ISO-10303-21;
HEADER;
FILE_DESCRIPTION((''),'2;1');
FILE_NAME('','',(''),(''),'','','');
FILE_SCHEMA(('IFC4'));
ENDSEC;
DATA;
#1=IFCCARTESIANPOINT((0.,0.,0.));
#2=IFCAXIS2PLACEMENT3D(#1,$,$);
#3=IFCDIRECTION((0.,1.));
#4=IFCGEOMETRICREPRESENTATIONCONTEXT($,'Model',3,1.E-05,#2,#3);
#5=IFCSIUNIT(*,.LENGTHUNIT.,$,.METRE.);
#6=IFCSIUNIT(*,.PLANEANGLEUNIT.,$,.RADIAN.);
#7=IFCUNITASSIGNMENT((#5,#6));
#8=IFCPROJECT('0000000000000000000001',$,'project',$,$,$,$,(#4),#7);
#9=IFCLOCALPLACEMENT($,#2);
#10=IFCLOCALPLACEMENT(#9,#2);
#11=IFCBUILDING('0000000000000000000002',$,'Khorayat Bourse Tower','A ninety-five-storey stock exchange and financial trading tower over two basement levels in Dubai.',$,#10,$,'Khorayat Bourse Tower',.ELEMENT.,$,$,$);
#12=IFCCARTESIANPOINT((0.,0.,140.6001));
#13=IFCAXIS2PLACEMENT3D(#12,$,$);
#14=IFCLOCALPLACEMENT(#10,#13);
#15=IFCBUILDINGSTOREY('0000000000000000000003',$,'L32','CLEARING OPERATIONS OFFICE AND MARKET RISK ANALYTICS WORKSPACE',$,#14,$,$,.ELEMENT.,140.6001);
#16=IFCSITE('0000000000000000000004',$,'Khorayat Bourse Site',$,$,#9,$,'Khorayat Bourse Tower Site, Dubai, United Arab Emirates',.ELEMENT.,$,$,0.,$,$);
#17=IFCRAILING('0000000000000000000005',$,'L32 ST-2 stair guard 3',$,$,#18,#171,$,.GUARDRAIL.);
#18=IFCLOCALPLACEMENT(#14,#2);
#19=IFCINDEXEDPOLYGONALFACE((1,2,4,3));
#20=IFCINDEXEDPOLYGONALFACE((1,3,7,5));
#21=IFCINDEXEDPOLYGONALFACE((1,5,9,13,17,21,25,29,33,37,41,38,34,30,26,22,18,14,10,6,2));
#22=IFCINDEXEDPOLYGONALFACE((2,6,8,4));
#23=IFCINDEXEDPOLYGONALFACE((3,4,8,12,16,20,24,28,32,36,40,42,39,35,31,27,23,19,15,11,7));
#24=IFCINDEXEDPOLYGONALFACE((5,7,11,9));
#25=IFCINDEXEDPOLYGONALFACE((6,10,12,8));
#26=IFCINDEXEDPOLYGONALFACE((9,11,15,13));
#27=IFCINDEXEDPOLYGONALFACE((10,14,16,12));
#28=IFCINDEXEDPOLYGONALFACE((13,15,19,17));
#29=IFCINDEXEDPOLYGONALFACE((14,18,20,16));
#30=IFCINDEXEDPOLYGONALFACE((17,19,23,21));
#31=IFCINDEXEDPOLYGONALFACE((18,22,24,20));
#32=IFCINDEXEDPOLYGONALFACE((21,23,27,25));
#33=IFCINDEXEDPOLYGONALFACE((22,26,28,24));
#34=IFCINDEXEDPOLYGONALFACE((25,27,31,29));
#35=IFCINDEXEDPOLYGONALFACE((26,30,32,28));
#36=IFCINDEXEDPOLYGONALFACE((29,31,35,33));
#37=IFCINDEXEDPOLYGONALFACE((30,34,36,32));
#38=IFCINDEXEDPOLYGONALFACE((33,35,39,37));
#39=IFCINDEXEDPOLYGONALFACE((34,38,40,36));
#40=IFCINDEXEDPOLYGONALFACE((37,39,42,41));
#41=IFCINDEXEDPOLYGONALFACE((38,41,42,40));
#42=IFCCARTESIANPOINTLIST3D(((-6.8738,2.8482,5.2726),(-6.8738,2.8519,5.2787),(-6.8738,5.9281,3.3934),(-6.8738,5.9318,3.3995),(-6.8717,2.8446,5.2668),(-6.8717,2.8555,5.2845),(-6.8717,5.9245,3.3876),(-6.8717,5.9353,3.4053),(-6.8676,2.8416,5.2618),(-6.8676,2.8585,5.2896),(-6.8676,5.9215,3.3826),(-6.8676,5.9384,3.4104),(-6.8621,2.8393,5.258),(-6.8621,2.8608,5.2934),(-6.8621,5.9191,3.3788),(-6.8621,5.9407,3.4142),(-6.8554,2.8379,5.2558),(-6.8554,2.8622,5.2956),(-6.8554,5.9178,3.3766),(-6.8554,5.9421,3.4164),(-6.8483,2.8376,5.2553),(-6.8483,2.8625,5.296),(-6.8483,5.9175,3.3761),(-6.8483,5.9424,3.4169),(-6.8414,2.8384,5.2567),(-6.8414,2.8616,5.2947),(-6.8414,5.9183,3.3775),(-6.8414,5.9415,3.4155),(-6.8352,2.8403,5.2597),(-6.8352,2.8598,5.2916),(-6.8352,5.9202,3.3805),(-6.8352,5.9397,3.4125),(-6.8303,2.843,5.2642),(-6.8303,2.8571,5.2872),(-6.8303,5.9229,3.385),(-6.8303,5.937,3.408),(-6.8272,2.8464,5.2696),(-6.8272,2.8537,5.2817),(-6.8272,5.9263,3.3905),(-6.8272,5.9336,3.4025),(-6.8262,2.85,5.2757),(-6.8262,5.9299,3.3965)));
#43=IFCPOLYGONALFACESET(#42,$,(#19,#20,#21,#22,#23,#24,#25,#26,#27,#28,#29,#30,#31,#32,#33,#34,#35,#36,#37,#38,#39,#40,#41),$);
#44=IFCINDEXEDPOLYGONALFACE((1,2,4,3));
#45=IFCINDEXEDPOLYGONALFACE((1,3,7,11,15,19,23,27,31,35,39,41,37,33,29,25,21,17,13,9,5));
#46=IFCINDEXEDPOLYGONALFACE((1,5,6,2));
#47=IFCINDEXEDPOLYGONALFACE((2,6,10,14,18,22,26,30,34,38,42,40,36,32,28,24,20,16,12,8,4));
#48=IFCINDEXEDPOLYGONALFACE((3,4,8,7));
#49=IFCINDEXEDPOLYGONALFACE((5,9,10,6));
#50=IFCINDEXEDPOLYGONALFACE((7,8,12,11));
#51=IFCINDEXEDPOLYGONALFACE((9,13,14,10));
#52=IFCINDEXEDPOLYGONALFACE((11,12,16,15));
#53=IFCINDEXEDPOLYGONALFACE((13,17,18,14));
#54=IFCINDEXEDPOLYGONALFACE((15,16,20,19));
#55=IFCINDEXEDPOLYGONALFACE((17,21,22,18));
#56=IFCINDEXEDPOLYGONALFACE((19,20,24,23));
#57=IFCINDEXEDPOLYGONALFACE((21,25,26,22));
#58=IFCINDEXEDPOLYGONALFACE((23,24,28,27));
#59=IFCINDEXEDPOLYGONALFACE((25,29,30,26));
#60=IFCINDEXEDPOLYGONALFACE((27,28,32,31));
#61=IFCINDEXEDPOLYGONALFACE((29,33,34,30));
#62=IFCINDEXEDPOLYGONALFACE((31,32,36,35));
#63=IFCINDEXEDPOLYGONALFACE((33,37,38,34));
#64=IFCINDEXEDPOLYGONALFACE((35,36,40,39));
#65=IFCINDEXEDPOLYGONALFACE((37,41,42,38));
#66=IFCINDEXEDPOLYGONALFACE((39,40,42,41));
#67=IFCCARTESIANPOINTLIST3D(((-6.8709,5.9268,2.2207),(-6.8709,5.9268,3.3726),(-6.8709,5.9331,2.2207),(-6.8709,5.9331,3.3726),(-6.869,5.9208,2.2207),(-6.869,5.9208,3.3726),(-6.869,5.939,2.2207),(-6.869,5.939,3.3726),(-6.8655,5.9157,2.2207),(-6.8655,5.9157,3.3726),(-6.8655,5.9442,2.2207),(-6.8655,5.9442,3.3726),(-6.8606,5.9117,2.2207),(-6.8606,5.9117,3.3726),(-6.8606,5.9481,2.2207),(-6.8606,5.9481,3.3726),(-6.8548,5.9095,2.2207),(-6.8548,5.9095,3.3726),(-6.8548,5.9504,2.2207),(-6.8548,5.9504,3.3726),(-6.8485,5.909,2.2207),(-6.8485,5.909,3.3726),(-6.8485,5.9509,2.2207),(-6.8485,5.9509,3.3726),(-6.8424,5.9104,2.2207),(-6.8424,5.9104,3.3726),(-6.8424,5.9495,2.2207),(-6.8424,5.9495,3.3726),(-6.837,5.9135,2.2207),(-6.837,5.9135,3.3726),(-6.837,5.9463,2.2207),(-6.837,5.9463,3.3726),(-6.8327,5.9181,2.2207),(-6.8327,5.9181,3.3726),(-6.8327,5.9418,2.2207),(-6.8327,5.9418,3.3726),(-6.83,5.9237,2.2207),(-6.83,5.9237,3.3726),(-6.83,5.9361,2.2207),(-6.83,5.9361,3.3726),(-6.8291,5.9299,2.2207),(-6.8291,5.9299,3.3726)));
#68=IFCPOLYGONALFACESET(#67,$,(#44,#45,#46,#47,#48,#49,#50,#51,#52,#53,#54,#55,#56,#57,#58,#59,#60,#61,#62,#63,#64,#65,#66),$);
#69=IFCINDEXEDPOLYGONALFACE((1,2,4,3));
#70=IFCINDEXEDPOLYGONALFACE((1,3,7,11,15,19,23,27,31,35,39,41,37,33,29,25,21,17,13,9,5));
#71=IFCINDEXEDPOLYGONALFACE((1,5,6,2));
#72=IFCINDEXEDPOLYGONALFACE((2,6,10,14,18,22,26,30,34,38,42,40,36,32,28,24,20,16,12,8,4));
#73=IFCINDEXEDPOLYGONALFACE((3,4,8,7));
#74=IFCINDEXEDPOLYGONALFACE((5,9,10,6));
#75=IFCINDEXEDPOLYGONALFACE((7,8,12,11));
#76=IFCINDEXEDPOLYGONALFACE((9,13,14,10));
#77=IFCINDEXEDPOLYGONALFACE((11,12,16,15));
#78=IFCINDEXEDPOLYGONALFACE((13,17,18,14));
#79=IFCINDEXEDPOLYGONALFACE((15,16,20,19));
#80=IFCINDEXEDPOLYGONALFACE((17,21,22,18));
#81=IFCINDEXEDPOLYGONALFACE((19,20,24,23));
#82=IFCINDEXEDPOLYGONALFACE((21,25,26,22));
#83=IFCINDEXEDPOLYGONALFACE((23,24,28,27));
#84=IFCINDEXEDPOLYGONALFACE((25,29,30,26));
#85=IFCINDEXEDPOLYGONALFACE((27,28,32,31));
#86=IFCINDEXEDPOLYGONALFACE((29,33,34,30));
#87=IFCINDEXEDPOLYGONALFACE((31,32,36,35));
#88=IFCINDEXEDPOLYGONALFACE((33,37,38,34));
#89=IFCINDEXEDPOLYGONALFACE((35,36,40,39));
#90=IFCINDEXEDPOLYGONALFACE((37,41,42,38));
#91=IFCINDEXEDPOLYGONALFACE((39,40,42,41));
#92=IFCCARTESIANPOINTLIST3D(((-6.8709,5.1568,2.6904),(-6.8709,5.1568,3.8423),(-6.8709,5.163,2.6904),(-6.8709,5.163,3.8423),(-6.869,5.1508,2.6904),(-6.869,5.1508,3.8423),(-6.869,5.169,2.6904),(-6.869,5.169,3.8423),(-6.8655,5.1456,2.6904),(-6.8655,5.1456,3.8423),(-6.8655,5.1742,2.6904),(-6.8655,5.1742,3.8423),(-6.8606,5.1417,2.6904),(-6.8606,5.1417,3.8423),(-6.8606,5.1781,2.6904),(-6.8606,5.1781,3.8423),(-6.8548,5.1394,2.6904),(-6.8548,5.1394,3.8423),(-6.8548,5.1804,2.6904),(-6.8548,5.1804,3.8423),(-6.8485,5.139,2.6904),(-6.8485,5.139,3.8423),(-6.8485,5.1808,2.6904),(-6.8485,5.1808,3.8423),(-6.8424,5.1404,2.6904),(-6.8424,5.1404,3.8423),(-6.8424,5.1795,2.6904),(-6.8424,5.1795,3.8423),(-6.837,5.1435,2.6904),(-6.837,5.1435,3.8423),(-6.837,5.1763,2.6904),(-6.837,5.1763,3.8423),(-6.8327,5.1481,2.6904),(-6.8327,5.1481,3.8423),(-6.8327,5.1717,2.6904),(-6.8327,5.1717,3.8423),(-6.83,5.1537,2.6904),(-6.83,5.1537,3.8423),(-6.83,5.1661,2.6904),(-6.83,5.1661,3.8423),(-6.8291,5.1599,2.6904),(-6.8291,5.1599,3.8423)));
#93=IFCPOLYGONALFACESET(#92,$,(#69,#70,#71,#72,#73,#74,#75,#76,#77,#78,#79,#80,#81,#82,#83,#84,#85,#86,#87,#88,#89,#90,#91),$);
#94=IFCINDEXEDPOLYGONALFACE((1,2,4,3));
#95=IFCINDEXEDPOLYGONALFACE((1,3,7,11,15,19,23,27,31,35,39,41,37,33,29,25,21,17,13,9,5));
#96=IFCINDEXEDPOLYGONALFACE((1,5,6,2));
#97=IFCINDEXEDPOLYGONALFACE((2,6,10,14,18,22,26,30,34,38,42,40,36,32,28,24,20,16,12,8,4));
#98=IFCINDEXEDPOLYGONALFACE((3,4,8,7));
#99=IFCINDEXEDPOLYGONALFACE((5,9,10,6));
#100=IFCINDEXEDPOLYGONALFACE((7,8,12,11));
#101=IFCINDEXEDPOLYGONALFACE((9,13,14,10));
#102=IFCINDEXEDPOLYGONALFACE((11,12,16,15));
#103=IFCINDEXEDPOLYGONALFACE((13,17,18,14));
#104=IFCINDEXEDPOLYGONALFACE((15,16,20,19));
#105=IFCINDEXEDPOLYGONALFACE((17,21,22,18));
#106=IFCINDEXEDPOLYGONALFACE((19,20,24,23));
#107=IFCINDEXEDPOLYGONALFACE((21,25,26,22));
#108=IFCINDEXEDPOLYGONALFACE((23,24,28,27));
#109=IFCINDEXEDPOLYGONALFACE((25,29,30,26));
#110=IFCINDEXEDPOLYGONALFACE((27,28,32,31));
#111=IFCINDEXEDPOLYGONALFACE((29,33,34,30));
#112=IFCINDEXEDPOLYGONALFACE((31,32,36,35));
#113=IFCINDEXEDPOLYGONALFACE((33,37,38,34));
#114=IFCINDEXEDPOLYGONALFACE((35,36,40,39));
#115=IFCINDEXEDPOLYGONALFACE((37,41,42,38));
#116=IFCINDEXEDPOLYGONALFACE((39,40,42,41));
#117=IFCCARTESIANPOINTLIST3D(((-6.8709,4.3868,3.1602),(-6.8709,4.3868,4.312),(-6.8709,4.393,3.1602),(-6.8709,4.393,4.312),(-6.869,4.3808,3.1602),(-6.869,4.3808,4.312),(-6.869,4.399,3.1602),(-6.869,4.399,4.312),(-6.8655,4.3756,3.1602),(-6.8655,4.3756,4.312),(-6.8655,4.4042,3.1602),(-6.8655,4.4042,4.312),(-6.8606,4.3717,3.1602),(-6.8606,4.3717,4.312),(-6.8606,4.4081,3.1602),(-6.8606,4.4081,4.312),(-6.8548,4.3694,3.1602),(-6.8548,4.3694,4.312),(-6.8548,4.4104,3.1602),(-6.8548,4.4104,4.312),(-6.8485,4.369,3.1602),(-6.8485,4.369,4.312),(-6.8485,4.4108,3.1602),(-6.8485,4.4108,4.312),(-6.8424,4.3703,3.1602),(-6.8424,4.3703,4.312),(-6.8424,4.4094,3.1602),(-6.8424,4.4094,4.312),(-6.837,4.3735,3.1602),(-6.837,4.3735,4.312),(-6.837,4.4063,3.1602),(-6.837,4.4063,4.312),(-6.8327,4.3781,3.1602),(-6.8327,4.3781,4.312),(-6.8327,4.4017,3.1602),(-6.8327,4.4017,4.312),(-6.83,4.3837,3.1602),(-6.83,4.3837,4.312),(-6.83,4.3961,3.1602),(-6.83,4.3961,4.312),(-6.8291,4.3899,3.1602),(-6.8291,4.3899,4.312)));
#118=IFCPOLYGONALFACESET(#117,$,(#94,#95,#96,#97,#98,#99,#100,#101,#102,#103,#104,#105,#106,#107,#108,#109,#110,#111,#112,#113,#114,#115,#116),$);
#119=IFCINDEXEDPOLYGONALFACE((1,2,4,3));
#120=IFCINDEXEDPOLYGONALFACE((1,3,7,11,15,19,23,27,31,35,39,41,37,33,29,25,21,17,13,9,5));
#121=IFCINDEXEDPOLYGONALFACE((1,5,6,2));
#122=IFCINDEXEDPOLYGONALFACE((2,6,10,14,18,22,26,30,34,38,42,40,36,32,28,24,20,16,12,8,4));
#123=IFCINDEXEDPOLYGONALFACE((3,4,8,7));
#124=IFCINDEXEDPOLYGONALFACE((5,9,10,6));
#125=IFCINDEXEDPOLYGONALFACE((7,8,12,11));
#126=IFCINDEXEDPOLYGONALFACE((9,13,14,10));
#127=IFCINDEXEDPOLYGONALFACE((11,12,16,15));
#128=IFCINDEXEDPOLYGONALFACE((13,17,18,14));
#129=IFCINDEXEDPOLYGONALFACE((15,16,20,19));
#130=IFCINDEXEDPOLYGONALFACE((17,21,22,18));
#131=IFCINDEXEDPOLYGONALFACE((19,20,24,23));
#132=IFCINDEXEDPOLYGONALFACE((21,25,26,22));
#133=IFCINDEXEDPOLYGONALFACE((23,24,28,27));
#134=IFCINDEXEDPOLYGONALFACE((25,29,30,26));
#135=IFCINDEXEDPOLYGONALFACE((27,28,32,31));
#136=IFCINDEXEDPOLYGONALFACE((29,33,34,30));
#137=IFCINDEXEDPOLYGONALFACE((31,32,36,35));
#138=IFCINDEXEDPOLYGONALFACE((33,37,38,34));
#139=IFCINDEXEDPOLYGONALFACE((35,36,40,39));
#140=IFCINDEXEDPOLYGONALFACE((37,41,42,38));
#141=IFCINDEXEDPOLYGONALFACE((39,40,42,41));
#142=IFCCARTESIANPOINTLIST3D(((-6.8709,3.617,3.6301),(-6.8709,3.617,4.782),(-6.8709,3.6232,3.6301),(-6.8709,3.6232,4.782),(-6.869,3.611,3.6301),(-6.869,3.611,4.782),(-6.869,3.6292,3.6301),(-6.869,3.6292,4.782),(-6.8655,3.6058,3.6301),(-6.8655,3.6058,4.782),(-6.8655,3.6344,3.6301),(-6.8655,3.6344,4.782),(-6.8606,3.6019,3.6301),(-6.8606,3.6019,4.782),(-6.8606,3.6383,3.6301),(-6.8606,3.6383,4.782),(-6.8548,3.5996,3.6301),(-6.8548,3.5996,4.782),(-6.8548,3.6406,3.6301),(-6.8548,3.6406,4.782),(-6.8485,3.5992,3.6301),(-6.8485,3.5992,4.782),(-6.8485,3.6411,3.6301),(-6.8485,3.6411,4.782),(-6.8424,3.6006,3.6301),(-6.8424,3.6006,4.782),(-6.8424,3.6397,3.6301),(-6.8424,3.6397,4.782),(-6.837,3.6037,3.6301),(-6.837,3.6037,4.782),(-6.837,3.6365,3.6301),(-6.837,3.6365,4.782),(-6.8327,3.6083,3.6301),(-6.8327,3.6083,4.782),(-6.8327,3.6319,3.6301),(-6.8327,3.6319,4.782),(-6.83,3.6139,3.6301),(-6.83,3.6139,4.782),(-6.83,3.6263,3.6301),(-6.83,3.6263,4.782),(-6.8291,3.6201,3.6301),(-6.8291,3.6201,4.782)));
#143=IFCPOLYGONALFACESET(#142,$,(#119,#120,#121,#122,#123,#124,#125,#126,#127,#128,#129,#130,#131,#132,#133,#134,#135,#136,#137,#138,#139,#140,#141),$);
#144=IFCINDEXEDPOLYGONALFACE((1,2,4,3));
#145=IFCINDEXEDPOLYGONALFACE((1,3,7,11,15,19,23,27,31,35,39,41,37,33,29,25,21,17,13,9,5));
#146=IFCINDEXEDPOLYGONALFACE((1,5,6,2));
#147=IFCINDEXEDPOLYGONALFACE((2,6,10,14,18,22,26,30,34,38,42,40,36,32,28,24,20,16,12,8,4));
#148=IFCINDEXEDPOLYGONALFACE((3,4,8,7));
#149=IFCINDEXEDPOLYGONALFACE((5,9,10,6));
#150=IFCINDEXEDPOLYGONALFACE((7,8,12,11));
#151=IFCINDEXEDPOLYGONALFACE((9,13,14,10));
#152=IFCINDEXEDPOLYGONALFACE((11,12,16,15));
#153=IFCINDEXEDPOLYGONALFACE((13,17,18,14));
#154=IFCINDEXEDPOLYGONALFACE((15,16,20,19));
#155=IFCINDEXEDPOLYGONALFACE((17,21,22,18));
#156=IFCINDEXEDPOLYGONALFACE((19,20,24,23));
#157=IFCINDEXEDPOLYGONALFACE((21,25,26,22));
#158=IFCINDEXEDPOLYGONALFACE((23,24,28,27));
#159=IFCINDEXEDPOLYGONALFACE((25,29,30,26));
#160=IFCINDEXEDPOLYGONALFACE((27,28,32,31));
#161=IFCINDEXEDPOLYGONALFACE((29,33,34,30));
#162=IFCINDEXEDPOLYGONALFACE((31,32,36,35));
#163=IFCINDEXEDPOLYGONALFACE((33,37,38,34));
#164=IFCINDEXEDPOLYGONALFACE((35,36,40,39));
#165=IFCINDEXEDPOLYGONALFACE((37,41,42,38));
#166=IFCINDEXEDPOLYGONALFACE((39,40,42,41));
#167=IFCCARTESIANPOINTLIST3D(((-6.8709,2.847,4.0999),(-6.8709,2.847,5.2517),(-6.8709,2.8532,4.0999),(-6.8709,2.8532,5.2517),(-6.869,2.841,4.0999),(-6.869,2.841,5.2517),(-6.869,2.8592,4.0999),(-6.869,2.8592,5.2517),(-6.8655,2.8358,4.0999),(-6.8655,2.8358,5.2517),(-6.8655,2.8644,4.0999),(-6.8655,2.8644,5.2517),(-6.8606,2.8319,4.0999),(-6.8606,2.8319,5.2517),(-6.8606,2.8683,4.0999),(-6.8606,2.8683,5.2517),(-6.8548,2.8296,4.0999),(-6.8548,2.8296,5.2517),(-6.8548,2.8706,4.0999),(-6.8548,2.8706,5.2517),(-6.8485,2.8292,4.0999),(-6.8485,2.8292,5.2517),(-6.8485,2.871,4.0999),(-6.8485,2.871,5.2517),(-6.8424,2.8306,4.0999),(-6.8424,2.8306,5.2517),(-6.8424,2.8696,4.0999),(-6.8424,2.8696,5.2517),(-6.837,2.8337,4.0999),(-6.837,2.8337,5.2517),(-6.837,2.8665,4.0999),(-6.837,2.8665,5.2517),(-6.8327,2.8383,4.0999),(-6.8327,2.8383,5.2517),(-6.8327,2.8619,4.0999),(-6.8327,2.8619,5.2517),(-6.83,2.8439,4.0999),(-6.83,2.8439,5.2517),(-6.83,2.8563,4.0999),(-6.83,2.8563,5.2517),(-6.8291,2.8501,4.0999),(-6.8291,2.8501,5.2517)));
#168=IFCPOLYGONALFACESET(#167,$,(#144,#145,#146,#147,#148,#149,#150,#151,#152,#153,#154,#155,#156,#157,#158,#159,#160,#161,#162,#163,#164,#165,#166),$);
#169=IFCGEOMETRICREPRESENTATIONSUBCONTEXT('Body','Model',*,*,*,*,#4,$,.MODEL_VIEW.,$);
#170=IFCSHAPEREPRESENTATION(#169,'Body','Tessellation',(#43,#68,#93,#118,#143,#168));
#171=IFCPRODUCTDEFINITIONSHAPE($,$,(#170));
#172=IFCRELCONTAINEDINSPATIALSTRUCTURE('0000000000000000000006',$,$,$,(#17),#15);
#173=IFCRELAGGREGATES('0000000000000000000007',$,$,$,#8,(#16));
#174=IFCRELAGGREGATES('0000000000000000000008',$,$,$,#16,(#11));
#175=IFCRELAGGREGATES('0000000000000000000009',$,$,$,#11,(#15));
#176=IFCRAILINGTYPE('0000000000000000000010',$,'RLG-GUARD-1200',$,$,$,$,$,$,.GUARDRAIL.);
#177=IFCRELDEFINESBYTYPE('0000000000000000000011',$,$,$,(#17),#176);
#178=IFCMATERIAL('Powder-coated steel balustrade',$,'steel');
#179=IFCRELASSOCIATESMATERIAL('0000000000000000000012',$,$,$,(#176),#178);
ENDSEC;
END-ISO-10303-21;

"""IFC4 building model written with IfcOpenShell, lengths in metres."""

from ifc_helpers import new_model, si_unit, direction, frame, origin, origin_2d, place, context, subcontext, project, spatial, circle, extrude, source, transform, mapped, material, type_object, element, save


model = new_model("IFC4")

# Units and contexts
model_context = context("Model", 3, precision=1e-05, world=origin(), true_north=direction((0.0, 1.0)))
body_context = subcontext(model_context, "Body", "Model", "MODEL_VIEW")
ifc_project = project(units=[si_unit("LENGTHUNIT", "METRE"), si_unit("PLANEANGLEUNIT", "RADIAN")], contexts=[model_context])

# Site, building, storey
site_placement = place(None, origin())
site = spatial("IfcSite", under=ifc_project, at=site_placement, Name="Khorayat Bourse Site", LongName="Khorayat Bourse Tower Site, Dubai, United Arab Emirates", CompositionType="ELEMENT", RefElevation=0.0)
building_placement = place(site_placement, origin())
building = spatial("IfcBuilding", under=site, at=building_placement, Name="Khorayat Bourse Tower", Description="A ninety-five-storey stock exchange and financial trading tower over two basement levels in Dubai.", LongName="Khorayat Bourse Tower", CompositionType="ELEMENT")
storey_placement = place(building_placement, frame((0.0, 0.0, 140.6001)))
storey = spatial("IfcBuildingStorey", under=building, at=storey_placement, Name="L32", Description="CLEARING OPERATIONS OFFICE AND MARKET RISK ANALYTICS WORKSPACE", CompositionType="ELEMENT", Elevation=140.6001)

# Railing
ifc_material_1 = material(Name="Powder-coated steel balustrade", Category="steel")
railing_type_1 = type_object("IfcRailingType", Name="RLG-GUARD-1200", PredefinedType="GUARDRAIL", material=ifc_material_1)
shared_shape_1 = source(origin(), body_context, "Body", "SweptSolid", [
    extrude(circle(Radius=0.0239, at=origin_2d()), frame((0.0, 0.0, 1.1758), z_axis=(0.0, -0.853648, 0.52085), x_axis=(1.0, 0.0, 0.0)), (0.0, 0.0, 1.0), 3.6079),
    extrude(circle(Radius=0.021, at=origin_2d()), origin(), (0.0, 0.0, 1.0), 1.1519),
    extrude(circle(Radius=0.021, at=origin_2d()), frame((0.0, -0.77, 0.4697)), (0.0, 0.0, 1.0), 1.1519),
    extrude(circle(Radius=0.021, at=origin_2d()), frame((0.0, -1.54, 0.9395)), (0.0, 0.0, 1.0), 1.1519),
    extrude(circle(Radius=0.021, at=origin_2d()), frame((0.0, -2.3098, 1.4094)), (0.0, 0.0, 1.0), 1.1519),
    extrude(circle(Radius=0.021, at=origin_2d()), frame((0.0, -3.0798, 1.8792)), (0.0, 0.0, 1.0), 1.1519),
])
railing_1_placement = place(storey_placement, frame((-6.8501, 5.9299, 2.2207)))
element("IfcRailing", 1, at=railing_1_placement, inside=storey, type_object=railing_type_1, Name="L32 ST-2 stair guard 3", PredefinedType="GUARDRAIL", context=body_context, shape_type="MappedRepresentation", body=[
    mapped(shared_shape_1, transform((0.0, 0.0, 0.0), scale=1.0)),
])

save(model, "model.ifc")
